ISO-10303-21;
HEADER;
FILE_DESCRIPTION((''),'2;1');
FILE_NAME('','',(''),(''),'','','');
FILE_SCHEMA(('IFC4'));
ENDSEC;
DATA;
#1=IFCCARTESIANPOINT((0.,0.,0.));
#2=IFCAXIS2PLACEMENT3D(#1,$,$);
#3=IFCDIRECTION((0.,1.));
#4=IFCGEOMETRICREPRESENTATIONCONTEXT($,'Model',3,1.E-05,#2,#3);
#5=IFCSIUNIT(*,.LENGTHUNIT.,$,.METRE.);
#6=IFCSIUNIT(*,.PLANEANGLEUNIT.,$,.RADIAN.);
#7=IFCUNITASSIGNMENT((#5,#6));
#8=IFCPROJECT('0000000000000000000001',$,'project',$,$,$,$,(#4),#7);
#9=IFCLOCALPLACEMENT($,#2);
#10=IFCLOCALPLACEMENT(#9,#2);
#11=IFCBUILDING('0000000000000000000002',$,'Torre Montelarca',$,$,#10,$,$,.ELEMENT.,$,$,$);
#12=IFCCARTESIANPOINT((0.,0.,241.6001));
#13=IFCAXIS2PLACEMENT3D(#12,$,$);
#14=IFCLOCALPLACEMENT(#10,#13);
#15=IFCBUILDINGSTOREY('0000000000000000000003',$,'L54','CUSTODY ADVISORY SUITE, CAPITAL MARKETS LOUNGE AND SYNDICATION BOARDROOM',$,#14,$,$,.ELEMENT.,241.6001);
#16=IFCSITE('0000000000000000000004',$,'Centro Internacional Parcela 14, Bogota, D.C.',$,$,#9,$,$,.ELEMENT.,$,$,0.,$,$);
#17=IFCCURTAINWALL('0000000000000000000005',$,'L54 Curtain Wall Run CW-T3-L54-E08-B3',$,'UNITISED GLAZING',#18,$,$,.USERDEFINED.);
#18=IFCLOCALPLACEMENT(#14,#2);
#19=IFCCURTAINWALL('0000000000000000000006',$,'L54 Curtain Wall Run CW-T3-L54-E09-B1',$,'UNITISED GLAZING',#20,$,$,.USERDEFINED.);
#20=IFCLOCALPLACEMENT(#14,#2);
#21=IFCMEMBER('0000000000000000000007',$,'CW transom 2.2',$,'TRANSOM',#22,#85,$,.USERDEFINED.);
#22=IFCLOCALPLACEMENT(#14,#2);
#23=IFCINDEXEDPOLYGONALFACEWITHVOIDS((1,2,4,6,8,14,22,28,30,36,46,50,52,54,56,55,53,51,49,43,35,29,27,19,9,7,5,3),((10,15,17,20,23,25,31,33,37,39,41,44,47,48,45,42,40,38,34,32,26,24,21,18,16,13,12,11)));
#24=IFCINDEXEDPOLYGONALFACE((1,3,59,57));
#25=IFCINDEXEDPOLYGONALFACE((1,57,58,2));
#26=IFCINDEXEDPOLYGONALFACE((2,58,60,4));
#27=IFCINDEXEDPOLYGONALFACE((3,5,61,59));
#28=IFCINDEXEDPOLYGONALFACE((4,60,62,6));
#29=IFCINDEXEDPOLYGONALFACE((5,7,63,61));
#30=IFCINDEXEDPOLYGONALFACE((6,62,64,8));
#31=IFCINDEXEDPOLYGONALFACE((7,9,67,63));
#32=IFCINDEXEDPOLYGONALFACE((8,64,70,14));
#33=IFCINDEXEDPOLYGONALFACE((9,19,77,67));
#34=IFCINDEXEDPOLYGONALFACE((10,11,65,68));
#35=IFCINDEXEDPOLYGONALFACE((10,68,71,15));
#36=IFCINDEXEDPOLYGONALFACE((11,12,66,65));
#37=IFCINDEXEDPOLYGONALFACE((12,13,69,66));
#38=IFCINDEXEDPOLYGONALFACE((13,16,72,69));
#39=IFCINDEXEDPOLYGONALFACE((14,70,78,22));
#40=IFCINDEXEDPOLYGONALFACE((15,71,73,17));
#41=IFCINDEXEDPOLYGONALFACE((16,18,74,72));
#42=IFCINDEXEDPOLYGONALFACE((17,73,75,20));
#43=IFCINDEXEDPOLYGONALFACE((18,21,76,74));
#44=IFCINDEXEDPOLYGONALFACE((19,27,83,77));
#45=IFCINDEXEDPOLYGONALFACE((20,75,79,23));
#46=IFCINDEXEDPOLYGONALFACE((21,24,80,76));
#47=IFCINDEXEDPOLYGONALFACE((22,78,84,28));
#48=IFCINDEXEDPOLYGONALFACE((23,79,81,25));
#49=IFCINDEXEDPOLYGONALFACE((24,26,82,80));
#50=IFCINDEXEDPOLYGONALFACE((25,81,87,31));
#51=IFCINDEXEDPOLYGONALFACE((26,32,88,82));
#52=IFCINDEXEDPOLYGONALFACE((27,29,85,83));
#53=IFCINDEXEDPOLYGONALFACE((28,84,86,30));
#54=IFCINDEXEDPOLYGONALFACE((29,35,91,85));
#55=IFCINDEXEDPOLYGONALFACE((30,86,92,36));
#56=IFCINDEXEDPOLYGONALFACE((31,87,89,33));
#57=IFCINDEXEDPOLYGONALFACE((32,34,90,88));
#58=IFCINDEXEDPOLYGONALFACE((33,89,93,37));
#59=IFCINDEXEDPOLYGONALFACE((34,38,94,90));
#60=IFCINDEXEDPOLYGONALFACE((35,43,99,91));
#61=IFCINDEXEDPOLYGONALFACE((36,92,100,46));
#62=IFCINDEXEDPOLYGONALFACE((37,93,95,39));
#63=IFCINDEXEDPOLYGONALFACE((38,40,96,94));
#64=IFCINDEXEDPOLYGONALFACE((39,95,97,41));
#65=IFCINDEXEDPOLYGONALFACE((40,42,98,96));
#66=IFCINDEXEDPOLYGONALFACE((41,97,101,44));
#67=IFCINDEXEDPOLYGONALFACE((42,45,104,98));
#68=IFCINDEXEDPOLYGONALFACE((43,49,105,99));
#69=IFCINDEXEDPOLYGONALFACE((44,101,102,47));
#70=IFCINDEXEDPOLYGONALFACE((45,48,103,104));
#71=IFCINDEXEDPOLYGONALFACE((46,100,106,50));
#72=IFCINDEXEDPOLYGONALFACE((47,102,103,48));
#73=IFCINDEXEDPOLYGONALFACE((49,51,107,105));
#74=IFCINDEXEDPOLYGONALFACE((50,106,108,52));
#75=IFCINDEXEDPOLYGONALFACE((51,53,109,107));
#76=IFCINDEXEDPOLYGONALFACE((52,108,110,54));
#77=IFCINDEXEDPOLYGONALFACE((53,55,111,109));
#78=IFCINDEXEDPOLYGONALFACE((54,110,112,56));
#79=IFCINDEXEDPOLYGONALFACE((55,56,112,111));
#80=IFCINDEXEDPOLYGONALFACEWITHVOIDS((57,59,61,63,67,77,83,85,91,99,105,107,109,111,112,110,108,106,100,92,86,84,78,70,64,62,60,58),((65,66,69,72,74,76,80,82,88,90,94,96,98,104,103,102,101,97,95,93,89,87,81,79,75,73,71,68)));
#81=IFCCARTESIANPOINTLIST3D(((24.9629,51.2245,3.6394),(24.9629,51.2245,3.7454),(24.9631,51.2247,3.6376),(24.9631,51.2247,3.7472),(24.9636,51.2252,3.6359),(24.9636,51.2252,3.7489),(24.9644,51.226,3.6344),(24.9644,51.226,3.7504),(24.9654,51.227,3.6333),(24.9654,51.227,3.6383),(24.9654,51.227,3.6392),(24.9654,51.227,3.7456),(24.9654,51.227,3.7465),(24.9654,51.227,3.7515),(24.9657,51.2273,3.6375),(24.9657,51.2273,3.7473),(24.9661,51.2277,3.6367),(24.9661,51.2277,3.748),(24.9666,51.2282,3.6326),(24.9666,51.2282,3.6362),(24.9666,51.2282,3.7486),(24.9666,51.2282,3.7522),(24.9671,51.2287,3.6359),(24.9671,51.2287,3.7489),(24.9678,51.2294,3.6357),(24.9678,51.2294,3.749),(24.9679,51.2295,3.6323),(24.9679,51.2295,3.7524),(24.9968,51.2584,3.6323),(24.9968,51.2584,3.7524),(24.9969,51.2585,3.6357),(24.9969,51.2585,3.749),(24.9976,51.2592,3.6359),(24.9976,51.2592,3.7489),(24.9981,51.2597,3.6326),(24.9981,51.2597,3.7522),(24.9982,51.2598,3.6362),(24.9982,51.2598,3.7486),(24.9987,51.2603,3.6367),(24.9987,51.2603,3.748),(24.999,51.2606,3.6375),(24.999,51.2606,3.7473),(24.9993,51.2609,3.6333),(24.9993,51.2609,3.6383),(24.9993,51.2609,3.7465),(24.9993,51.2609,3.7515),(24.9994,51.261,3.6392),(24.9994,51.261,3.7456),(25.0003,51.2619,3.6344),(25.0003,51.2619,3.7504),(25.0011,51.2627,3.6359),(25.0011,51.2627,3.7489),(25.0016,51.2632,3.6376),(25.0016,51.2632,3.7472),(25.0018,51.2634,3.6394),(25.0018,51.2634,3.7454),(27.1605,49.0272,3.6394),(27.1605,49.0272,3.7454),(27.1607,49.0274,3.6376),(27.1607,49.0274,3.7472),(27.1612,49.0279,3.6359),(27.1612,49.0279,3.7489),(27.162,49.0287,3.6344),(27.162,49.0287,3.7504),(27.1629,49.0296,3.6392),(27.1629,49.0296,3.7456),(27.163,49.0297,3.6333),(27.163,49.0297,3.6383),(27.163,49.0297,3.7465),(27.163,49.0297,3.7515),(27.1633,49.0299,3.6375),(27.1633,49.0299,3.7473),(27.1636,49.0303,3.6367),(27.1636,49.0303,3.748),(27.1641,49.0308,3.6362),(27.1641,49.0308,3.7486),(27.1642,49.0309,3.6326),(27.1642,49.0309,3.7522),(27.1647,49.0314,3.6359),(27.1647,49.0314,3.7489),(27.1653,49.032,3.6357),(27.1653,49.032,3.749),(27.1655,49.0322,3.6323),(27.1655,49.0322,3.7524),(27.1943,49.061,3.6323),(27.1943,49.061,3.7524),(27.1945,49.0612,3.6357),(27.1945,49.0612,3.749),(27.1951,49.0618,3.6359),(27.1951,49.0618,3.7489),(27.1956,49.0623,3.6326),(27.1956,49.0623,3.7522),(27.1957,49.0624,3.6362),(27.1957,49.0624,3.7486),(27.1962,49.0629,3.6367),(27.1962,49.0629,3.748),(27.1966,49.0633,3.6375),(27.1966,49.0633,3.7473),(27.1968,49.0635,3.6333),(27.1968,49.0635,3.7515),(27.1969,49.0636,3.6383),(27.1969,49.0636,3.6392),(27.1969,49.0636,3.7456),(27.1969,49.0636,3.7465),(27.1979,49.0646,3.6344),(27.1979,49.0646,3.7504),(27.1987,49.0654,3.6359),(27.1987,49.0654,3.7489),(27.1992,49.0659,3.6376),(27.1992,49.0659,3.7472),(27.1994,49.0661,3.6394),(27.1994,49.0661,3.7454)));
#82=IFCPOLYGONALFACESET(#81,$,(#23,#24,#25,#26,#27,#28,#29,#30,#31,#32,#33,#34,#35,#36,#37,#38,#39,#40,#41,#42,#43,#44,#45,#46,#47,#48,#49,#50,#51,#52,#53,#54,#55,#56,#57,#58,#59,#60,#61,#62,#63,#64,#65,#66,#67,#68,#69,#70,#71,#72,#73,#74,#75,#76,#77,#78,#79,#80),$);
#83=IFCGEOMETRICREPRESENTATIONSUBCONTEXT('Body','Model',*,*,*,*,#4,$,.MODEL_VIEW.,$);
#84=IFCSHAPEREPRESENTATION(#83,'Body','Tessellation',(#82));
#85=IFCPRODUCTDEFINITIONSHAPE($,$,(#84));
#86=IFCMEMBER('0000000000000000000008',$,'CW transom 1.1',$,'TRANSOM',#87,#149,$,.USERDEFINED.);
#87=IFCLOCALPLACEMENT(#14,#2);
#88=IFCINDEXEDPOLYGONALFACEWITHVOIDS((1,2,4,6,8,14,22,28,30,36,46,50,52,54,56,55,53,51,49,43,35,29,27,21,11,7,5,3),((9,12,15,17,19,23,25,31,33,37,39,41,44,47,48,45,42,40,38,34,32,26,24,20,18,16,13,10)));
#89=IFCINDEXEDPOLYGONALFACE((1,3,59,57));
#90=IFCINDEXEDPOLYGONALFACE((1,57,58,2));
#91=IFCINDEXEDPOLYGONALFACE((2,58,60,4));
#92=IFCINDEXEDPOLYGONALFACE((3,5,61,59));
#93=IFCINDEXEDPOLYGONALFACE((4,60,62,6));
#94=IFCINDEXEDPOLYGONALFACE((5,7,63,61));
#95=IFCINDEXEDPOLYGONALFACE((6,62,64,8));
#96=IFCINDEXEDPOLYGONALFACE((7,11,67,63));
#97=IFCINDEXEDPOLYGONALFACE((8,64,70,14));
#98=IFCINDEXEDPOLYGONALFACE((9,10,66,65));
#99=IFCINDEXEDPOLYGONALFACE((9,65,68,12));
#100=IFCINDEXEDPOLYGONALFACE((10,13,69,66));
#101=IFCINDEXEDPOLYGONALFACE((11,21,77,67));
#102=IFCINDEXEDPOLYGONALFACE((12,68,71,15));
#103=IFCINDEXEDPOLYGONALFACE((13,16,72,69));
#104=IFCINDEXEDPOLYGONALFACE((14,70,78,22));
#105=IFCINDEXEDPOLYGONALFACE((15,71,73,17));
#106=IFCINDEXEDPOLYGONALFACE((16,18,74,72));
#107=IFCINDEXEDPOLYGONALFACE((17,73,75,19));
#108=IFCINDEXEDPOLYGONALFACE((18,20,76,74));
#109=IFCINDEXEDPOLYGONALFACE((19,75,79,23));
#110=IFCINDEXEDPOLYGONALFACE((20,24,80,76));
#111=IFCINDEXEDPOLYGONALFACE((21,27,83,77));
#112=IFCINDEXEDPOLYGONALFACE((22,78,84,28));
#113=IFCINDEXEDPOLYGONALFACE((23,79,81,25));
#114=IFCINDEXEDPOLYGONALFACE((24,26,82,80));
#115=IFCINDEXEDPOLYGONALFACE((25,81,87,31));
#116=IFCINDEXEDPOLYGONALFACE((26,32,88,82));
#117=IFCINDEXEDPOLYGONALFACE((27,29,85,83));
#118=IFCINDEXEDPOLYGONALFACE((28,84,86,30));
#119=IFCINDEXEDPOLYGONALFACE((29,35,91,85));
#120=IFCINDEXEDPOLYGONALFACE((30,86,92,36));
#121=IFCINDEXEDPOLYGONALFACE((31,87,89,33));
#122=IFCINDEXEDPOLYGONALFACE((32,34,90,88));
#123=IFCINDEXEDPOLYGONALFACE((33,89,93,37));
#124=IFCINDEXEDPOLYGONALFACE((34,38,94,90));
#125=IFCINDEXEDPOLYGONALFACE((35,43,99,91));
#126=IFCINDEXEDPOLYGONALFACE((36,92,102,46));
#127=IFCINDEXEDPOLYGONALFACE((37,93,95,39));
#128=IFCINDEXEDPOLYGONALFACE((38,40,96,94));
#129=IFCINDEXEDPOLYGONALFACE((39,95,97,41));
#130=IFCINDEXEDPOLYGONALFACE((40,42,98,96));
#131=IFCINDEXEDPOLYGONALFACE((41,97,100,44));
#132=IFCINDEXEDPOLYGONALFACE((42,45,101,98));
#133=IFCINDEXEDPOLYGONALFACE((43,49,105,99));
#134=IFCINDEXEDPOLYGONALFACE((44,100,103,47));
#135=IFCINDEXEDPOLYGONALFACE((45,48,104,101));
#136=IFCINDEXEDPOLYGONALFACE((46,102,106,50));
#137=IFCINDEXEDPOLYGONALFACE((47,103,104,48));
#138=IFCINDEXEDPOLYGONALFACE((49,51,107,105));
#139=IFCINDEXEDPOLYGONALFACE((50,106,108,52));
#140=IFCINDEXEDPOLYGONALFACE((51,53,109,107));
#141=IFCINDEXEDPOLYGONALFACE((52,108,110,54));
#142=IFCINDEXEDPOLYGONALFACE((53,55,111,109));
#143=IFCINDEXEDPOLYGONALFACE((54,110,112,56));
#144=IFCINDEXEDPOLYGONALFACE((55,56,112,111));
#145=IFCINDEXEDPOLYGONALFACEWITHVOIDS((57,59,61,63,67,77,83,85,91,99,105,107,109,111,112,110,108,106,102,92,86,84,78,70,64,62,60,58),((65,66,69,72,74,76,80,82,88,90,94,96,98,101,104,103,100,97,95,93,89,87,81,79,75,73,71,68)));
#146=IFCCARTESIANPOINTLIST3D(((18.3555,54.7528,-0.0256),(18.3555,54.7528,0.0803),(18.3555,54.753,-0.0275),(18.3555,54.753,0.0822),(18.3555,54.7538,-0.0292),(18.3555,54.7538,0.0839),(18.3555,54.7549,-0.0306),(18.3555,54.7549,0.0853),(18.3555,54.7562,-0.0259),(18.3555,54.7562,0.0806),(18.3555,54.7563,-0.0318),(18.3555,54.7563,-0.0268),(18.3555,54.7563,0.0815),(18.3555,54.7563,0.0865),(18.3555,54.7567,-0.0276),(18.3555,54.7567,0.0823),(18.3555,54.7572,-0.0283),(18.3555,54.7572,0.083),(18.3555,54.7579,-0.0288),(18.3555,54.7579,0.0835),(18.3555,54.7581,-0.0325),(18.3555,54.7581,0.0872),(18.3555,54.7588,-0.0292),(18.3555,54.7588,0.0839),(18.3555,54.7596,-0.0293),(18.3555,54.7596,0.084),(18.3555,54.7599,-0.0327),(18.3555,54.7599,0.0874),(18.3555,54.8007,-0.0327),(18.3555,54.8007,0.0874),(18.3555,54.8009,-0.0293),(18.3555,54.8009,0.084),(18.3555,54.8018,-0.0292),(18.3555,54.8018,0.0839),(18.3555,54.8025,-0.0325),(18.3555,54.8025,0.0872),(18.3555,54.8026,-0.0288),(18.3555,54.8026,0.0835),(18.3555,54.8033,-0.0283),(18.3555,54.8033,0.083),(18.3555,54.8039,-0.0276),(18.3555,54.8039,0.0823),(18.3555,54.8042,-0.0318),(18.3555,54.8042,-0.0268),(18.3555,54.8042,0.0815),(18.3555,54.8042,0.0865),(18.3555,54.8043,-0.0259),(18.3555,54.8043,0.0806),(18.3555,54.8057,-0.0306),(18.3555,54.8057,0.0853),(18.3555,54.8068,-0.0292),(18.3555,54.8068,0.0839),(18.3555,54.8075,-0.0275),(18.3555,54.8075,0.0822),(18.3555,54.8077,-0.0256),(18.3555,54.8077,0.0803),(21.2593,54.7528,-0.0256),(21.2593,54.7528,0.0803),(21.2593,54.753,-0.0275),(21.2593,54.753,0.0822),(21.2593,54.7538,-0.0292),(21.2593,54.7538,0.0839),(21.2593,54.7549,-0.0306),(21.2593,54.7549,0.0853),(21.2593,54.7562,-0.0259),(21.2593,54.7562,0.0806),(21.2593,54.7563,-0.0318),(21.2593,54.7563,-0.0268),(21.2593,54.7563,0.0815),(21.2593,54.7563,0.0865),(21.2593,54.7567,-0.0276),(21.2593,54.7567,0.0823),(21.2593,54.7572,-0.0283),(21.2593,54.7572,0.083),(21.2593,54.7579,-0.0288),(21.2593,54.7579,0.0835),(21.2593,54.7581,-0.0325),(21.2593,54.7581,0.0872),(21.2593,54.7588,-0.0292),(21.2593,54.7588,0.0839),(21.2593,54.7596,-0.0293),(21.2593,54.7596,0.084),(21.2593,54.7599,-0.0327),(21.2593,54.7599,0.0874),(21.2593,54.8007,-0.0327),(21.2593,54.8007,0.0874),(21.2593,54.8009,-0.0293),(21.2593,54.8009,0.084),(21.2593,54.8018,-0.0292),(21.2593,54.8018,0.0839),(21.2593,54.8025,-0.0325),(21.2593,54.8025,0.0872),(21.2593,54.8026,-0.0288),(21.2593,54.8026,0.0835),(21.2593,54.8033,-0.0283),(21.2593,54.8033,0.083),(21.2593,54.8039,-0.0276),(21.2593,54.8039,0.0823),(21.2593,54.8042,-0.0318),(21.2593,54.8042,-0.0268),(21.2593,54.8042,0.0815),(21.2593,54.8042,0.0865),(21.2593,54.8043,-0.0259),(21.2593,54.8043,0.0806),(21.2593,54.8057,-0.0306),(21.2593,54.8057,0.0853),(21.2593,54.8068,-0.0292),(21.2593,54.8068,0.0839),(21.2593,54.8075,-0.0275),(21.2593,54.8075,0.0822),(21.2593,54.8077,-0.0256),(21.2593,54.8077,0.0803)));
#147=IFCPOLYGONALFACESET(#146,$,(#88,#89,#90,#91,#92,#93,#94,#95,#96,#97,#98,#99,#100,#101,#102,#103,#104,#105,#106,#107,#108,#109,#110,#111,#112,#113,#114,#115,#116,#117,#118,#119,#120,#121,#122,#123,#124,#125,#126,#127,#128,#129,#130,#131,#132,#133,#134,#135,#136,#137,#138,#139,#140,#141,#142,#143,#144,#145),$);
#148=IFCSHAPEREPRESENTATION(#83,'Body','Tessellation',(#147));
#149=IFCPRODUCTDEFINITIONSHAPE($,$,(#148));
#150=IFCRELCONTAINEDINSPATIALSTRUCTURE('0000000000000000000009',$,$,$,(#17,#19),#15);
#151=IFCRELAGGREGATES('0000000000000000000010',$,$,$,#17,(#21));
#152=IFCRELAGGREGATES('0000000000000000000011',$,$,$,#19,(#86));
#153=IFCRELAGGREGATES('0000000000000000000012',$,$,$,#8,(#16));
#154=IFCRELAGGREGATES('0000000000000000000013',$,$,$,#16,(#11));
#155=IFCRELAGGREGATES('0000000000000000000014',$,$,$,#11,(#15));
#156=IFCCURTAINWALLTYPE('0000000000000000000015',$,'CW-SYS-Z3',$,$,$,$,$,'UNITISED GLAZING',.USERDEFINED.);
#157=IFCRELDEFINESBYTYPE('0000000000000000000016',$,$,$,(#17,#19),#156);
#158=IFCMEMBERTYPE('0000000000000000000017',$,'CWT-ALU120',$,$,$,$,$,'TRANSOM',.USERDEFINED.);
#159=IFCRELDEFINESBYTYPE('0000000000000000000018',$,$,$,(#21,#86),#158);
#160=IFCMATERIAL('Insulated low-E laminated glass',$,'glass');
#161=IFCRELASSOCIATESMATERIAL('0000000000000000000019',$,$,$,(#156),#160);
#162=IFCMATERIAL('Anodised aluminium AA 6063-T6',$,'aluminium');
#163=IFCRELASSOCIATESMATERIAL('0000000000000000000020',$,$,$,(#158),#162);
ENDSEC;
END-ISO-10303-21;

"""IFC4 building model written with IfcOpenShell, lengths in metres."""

from ifc_helpers import new_model, si_unit, direction, frame, origin, origin_2d, place, context, subcontext, project, spatial, hollow_rectangle, extrude, source, transform, mapped, material, material_profile, profile_set, type_object, element, aggregate, save


model = new_model("IFC4")

# Units and contexts
model_context = context("Model", 3, precision=1e-05, world=origin(), true_north=direction((0.0, 1.0)))
body_context = subcontext(model_context, "Body", "Model", "MODEL_VIEW")
ifc_project = project(units=[si_unit("LENGTHUNIT", "METRE"), si_unit("PLANEANGLEUNIT", "RADIAN")], contexts=[model_context])

# Site, building, storey
site_placement = place(None, origin())
site = spatial("IfcSite", under=ifc_project, at=site_placement, Name="Centro Internacional Parcela 14, Bogota, D.C.", CompositionType="ELEMENT", RefElevation=0.0)
building_placement = place(site_placement, origin())
building = spatial("IfcBuilding", under=site, at=building_placement, Name="Torre Montelarca", CompositionType="ELEMENT")
storey_placement = place(building_placement, frame((0.0, 0.0, 241.6001)))
storey = spatial("IfcBuildingStorey", under=building, at=storey_placement, Name="L54", Description="CUSTODY ADVISORY SUITE, CAPITAL MARKETS LOUNGE AND SYNDICATION BOARDROOM", CompositionType="ELEMENT", Elevation=241.6001)

# Curtain walls
ifc_material_1 = material(Name="Insulated low-E laminated glass", Category="glass")
curtain_wall_type = type_object("IfcCurtainWallType", Name="CW-SYS-Z3", ElementType="UNITISED GLAZING", PredefinedType="USERDEFINED", material=ifc_material_1)
curtain_wall_1_placement = place(storey_placement, origin())
curtain_wall_1 = element("IfcCurtainWall", 1, at=curtain_wall_1_placement, inside=storey, type_object=curtain_wall_type, Name="L54 Curtain Wall Run CW-T3-L54-E08-B3", ObjectType="UNITISED GLAZING", PredefinedType="USERDEFINED")
ifc_material_2 = material(Name="Anodised aluminium AA 6063-T6", Category="aluminium")
curtain_wall_2_placement = place(storey_placement, origin())
curtain_wall_2 = element("IfcCurtainWall", 2, at=curtain_wall_2_placement, inside=storey, type_object=curtain_wall_type, Name="L54 Curtain Wall Run CW-T3-L54-E09-B1", ObjectType="UNITISED GLAZING", PredefinedType="USERDEFINED")

# Members
ifc_material_profile_1 = material_profile(ifc_material_2, hollow_rectangle(XDim=0.0549, YDim=0.1201, WallThickness=0.0034, InnerFilletRadius=0.0034, OuterFilletRadius=0.0071, at=origin_2d()), Name="ALU55X120X3.5", Category="aluminium")
ifc_profile_set_1 = profile_set([ifc_material_profile_1], Name="Anodised aluminium AA 6063-T6")
member_type_1 = type_object("IfcMemberType", Name="CWT-ALU120", ElementType="TRANSOM", PredefinedType="USERDEFINED", material=ifc_profile_set_1)
shared_shape_1 = source(origin(), body_context, "Body", "SweptSolid", [
    extrude(hollow_rectangle(XDim=0.0549, YDim=0.1201, WallThickness=0.0034, InnerFilletRadius=0.0034, OuterFilletRadius=0.0071, at=origin_2d()), origin(), (0.0, 0.0, 1.0), 3.1077),
])
member_1_placement = place(storey_placement, frame((27.1799, 49.0466, 3.6924), z_axis=(-0.707146, 0.707067, 0.0), x_axis=(-0.707067, -0.707146, 0.0)))
member_1 = element("IfcMember", 3, at=member_1_placement, type_object=member_type_1, Name="CW transom 2.2", ObjectType="TRANSOM", PredefinedType="USERDEFINED", context=body_context, shape_type="MappedRepresentation", body=[
    mapped(shared_shape_1, transform((0.0, 0.0, 0.0), scale=1.0)),
])
shared_shape_2 = source(origin(), body_context, "Body", "SweptSolid", [
    extrude(hollow_rectangle(XDim=0.0549, YDim=0.1201, WallThickness=0.0034, InnerFilletRadius=0.0034, OuterFilletRadius=0.0071, at=origin_2d()), origin(), (0.0, 0.0, 1.0), 2.9038),
])
member_2_placement = place(storey_placement, frame((21.2593, 54.7803, 0.0273), z_axis=(-1.0, 0.0, 0.0), x_axis=(0.0, -1.0, 0.0)))
member_2 = element("IfcMember", 4, at=member_2_placement, type_object=member_type_1, Name="CW transom 1.1", ObjectType="TRANSOM", PredefinedType="USERDEFINED", context=body_context, shape_type="MappedRepresentation", body=[
    mapped(shared_shape_2, transform((0.0, 0.0, 0.0), scale=1.0)),
])

aggregate(curtain_wall_1, [member_1])
aggregate(curtain_wall_2, [member_2])

save(model, "model.ifc")
